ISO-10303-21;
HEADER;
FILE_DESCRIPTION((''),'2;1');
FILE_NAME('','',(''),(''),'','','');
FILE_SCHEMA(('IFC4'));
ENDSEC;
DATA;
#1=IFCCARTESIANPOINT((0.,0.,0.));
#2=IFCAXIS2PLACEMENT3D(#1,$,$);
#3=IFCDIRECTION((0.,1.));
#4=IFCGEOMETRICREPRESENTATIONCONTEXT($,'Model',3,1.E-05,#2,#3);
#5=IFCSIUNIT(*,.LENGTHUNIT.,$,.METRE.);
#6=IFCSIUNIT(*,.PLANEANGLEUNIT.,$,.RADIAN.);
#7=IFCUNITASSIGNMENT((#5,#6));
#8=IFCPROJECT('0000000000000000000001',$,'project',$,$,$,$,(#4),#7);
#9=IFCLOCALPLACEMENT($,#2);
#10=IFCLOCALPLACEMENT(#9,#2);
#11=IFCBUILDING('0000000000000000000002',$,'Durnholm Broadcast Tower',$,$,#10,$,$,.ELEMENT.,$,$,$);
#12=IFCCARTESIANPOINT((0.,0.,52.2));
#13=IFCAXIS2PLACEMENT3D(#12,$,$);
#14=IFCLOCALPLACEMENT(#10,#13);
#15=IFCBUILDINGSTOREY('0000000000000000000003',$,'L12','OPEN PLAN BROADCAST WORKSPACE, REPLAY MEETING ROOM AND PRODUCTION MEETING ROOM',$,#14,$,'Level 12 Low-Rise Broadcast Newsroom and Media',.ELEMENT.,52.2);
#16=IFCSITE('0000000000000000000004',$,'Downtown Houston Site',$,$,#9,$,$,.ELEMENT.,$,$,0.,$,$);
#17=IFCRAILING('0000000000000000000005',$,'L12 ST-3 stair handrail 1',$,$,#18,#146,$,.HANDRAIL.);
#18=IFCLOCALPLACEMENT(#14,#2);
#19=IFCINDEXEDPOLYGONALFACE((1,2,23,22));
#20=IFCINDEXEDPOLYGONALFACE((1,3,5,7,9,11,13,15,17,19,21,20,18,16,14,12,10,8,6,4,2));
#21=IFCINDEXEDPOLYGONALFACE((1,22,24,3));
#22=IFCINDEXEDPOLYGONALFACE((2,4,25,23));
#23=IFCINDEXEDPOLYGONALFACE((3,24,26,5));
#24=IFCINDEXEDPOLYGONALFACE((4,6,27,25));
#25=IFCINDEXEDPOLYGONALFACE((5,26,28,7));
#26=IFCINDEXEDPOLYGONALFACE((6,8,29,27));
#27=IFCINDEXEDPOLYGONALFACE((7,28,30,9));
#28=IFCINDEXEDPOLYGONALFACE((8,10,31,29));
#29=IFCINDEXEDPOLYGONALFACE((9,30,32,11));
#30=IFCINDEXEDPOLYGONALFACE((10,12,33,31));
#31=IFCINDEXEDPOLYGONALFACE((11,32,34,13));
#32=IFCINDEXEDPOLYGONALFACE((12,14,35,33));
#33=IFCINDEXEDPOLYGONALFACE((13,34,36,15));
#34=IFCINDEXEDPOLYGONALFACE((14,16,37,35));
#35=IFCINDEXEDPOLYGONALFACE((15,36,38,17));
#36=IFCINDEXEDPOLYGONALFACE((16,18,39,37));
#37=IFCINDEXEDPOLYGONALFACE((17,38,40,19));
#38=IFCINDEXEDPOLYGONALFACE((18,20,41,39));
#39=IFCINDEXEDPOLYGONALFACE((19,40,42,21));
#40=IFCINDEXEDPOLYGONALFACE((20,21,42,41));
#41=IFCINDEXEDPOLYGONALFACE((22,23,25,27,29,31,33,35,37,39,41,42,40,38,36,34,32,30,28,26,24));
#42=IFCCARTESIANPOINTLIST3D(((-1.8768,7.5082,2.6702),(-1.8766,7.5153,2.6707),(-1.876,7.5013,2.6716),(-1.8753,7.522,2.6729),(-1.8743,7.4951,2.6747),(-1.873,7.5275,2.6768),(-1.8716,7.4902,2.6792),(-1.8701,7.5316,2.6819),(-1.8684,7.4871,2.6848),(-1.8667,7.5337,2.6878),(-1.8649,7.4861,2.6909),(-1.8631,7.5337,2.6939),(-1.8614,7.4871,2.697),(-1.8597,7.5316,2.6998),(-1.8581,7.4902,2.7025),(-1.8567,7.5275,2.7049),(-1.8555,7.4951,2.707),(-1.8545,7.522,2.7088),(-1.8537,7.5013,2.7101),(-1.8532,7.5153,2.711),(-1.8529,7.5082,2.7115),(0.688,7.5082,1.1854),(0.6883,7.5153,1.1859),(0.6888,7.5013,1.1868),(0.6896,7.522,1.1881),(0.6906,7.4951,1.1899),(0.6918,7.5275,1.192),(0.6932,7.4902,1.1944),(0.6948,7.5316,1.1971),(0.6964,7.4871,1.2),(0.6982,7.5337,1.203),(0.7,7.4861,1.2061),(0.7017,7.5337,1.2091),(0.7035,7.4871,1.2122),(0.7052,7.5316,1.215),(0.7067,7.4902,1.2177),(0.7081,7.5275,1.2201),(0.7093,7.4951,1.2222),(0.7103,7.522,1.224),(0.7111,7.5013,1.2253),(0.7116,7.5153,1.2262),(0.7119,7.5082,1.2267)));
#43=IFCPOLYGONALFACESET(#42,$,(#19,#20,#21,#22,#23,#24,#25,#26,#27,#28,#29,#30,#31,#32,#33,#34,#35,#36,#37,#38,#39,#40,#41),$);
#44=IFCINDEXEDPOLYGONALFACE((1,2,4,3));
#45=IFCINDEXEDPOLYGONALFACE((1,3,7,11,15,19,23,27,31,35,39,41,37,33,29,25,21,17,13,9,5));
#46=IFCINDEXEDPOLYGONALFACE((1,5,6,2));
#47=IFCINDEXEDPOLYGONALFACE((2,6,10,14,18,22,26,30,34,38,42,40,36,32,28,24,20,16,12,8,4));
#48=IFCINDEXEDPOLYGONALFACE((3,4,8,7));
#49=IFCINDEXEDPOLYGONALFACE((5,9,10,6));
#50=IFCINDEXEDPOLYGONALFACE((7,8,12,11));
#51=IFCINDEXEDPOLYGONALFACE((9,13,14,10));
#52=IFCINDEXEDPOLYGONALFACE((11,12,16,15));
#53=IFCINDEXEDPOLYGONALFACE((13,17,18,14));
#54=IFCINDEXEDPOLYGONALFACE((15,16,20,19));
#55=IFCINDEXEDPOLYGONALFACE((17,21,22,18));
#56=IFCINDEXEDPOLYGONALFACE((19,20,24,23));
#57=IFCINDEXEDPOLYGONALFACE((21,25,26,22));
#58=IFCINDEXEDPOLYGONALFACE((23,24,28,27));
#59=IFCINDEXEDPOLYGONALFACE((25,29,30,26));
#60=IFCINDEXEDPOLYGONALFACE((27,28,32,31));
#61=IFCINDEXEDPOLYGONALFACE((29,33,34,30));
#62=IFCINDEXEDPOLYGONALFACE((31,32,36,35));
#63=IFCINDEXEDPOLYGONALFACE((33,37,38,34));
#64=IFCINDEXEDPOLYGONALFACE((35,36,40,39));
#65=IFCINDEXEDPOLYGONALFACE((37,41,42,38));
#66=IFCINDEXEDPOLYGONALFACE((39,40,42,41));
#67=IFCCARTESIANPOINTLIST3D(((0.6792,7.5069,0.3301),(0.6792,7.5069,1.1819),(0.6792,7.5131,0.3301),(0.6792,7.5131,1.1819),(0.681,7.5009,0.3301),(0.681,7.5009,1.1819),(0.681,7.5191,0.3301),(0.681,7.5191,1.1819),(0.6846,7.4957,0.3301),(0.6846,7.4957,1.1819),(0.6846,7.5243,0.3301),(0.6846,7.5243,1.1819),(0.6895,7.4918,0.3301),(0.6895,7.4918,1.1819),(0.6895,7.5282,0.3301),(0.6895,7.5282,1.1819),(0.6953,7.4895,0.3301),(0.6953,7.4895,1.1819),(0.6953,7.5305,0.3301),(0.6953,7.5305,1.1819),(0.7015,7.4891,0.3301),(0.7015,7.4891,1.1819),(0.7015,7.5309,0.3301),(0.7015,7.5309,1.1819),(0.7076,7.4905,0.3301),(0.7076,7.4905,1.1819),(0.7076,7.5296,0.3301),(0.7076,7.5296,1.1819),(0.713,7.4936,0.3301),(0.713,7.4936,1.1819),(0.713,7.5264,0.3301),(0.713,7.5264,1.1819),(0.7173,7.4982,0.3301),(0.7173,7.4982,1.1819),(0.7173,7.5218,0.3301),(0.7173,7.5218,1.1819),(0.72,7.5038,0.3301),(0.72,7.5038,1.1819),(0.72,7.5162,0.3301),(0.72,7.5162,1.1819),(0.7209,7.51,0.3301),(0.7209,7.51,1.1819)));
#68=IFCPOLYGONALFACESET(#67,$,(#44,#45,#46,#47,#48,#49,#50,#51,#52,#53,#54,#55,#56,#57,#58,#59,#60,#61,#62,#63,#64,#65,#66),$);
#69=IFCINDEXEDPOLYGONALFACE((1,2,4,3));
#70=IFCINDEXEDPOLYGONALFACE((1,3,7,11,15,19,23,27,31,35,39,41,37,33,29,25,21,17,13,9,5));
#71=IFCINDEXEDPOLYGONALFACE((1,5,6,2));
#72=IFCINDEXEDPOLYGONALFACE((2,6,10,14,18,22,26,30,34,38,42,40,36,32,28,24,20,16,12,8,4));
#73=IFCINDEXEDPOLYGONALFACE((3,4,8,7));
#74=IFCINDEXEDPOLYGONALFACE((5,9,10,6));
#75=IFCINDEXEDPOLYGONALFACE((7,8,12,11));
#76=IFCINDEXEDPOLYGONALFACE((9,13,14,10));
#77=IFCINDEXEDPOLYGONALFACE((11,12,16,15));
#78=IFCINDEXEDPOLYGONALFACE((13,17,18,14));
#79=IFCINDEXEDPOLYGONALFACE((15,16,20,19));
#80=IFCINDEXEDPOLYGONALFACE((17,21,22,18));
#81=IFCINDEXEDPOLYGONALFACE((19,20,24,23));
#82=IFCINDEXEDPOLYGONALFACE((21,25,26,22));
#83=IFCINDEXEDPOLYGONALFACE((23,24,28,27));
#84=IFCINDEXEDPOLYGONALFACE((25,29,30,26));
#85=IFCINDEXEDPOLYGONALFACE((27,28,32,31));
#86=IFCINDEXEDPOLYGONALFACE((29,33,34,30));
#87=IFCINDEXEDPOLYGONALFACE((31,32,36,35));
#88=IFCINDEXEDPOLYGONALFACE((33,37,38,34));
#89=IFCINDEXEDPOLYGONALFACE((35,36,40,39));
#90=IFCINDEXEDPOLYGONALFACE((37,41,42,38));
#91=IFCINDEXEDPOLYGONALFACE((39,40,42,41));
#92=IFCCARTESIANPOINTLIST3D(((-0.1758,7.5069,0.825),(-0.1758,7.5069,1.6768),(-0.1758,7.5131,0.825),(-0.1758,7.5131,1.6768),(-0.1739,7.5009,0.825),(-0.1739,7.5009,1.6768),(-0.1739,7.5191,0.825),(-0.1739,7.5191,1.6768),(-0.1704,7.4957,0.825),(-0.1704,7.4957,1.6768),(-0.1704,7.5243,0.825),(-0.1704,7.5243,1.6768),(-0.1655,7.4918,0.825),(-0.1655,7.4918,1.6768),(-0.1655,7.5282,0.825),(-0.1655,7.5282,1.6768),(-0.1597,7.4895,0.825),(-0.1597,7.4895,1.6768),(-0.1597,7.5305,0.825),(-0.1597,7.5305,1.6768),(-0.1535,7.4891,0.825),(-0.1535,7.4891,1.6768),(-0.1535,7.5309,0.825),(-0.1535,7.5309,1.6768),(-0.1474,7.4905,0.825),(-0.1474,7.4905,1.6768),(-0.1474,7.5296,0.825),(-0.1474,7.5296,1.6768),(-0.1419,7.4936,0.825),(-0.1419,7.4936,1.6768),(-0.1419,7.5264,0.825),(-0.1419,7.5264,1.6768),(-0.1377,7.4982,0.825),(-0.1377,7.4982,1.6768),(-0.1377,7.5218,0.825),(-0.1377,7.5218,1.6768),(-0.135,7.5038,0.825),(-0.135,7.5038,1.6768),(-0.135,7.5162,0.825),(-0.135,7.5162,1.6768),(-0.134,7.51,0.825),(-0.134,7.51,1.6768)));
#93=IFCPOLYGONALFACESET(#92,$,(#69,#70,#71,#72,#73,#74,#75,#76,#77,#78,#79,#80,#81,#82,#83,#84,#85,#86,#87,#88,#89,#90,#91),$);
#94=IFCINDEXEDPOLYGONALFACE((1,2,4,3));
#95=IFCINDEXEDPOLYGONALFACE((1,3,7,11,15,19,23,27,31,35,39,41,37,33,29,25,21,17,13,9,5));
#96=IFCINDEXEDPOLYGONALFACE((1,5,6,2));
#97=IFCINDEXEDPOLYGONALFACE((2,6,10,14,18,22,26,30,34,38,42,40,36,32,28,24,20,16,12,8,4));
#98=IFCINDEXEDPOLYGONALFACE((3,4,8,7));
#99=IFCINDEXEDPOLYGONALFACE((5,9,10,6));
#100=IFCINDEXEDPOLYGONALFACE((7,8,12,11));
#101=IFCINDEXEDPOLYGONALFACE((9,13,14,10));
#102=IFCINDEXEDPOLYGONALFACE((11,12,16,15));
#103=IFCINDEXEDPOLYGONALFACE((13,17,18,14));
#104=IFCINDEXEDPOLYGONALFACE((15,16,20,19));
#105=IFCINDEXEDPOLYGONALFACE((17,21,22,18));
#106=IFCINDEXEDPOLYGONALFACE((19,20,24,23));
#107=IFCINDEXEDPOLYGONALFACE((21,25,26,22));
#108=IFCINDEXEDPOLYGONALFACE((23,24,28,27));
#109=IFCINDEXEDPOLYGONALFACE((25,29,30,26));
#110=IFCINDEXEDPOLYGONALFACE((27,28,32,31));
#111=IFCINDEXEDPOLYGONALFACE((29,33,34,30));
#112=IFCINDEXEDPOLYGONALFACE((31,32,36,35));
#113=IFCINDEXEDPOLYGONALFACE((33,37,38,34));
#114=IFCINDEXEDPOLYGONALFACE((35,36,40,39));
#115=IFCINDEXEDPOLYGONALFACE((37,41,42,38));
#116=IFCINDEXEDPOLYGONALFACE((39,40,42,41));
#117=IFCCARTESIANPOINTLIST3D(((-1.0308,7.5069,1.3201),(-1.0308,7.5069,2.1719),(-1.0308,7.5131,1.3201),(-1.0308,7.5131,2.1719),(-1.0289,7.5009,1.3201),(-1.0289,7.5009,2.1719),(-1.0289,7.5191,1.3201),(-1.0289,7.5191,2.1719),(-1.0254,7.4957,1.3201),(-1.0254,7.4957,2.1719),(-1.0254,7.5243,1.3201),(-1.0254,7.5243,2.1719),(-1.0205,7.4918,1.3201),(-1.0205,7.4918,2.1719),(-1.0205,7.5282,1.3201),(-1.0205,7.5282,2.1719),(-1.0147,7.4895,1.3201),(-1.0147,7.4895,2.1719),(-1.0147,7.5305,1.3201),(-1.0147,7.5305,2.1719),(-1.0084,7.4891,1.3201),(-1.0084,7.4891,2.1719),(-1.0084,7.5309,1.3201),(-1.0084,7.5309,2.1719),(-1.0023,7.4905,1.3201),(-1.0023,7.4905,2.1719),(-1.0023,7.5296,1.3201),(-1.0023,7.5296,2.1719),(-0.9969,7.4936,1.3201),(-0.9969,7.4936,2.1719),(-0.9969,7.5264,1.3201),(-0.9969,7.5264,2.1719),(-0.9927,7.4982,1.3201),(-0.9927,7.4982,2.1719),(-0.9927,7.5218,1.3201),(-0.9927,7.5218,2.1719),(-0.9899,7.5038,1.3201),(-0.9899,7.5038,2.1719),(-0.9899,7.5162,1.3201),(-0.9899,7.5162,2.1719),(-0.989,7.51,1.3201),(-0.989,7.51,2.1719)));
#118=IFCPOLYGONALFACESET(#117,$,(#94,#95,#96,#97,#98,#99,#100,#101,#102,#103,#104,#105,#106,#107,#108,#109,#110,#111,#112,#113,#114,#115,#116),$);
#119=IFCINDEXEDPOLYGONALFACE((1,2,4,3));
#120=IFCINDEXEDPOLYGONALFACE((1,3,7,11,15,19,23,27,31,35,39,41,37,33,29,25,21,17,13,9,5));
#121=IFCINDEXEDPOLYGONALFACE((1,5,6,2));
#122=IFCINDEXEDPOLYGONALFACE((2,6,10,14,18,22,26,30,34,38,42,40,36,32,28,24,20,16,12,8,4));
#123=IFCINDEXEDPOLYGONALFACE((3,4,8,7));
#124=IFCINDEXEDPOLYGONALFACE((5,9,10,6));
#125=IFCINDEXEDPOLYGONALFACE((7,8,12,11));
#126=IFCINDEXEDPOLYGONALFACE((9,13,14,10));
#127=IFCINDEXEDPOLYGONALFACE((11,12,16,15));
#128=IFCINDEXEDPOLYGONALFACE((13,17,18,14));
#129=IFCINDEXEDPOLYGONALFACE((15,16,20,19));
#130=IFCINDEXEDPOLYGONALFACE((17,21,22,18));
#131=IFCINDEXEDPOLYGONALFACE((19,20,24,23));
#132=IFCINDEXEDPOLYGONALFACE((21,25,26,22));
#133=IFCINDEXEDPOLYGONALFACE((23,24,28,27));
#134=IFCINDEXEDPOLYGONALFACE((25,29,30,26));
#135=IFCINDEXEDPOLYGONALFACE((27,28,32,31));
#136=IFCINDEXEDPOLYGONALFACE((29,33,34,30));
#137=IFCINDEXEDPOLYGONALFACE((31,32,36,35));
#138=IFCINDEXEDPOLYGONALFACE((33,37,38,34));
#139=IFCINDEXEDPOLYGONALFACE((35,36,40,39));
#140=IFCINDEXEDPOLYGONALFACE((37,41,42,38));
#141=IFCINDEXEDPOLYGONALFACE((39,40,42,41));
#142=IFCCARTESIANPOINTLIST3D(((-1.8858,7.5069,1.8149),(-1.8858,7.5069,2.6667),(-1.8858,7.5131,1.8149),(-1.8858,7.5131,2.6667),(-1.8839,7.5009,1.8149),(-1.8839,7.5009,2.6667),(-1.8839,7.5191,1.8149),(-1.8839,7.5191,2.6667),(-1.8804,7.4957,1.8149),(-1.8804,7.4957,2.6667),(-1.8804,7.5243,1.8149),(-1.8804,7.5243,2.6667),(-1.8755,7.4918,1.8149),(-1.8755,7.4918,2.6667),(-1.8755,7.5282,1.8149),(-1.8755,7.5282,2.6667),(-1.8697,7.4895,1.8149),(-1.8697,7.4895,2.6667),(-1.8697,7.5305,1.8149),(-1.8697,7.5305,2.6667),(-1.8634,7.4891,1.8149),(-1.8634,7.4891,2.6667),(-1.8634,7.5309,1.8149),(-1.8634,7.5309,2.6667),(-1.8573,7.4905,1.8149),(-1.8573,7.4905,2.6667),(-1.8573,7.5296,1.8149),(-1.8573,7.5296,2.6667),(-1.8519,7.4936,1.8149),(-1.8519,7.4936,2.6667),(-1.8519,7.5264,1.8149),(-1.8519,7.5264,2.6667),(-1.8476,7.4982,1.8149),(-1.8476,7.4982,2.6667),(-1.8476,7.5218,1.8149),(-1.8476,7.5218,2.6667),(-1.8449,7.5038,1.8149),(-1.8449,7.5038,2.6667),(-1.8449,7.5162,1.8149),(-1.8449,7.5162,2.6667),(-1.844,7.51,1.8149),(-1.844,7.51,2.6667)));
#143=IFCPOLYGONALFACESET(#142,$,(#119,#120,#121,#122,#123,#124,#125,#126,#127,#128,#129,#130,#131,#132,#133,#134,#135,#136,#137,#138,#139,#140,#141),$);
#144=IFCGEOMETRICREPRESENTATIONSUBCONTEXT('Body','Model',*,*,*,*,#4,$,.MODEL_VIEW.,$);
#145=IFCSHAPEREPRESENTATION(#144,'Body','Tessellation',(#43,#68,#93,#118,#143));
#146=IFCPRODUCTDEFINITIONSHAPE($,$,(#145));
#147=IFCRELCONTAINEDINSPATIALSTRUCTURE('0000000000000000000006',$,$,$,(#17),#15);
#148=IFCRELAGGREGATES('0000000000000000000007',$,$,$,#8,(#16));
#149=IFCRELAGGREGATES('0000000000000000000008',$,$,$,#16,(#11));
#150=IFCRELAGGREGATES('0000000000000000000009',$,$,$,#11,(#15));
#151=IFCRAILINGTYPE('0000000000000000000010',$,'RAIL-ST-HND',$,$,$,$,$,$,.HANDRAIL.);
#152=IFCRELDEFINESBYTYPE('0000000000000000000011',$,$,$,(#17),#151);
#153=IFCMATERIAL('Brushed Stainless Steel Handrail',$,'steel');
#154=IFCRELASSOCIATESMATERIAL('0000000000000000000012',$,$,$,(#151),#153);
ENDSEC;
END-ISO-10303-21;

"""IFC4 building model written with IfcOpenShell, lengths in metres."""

from ifc_helpers import new_model, si_unit, direction, frame, origin, origin_2d, place, context, subcontext, project, spatial, circle, extrude, material, type_object, element, save


model = new_model("IFC4")

# Units and contexts
model_context = context("Model", 3, precision=1e-05, world=origin(), true_north=direction((0.0, 1.0)))
body_context = subcontext(model_context, "Body", "Model", "MODEL_VIEW")
ifc_project = project(units=[si_unit("LENGTHUNIT", "METRE"), si_unit("PLANEANGLEUNIT", "RADIAN")], contexts=[model_context])

# Site, building, storey
site_placement = place(None, origin())
site = spatial("IfcSite", under=ifc_project, at=site_placement, Name="Downtown Houston Site", CompositionType="ELEMENT", RefElevation=0.0)
building_placement = place(site_placement, origin())
building = spatial("IfcBuilding", under=site, at=building_placement, Name="Durnholm Broadcast Tower", CompositionType="ELEMENT")
storey_placement = place(building_placement, frame((0.0, 0.0, 52.2)))
storey = spatial("IfcBuildingStorey", under=building, at=storey_placement, Name="L12", Description="OPEN PLAN BROADCAST WORKSPACE, REPLAY MEETING ROOM AND PRODUCTION MEETING ROOM", LongName="Level 12 Low-Rise Broadcast Newsroom and Media", CompositionType="ELEMENT", Elevation=52.2)

# Railing
ifc_material_1 = material(Name="Brushed Stainless Steel Handrail", Category="steel")
railing_type_1 = type_object("IfcRailingType", Name="RAIL-ST-HND", PredefinedType="HANDRAIL", material=ifc_material_1)
railing_1_placement = place(storey_placement, frame((0.7, 7.51, 0.3301)))
element("IfcRailing", 1, at=railing_1_placement, inside=storey, type_object=railing_type_1, Name="L12 ST-3 stair handrail 1", PredefinedType="HANDRAIL", context=body_context, shape_type="SweptSolid", body=[
    extrude(circle(Radius=0.0239, at=origin_2d()), frame((0.0, 0.0, 0.876), z_axis=(-0.865441, 0.0, 0.50101), x_axis=(0.0, -1.0, 0.0)), (0.0, 0.0, 1.0), 2.9636),
    extrude(circle(Radius=0.021, at=origin_2d()), origin(), (0.0, 0.0, 1.0), 0.8518),
    extrude(circle(Radius=0.021, at=origin_2d()), frame((-0.855, 0.0, 0.4949)), (0.0, 0.0, 1.0), 0.8518),
    extrude(circle(Radius=0.021, at=origin_2d()), frame((-1.71, 0.0, 0.99)), (0.0, 0.0, 1.0), 0.8518),
    extrude(circle(Radius=0.021, at=origin_2d()), frame((-2.5649, 0.0, 1.4849)), (0.0, 0.0, 1.0), 0.8518),
])

save(model, "model.ifc")
